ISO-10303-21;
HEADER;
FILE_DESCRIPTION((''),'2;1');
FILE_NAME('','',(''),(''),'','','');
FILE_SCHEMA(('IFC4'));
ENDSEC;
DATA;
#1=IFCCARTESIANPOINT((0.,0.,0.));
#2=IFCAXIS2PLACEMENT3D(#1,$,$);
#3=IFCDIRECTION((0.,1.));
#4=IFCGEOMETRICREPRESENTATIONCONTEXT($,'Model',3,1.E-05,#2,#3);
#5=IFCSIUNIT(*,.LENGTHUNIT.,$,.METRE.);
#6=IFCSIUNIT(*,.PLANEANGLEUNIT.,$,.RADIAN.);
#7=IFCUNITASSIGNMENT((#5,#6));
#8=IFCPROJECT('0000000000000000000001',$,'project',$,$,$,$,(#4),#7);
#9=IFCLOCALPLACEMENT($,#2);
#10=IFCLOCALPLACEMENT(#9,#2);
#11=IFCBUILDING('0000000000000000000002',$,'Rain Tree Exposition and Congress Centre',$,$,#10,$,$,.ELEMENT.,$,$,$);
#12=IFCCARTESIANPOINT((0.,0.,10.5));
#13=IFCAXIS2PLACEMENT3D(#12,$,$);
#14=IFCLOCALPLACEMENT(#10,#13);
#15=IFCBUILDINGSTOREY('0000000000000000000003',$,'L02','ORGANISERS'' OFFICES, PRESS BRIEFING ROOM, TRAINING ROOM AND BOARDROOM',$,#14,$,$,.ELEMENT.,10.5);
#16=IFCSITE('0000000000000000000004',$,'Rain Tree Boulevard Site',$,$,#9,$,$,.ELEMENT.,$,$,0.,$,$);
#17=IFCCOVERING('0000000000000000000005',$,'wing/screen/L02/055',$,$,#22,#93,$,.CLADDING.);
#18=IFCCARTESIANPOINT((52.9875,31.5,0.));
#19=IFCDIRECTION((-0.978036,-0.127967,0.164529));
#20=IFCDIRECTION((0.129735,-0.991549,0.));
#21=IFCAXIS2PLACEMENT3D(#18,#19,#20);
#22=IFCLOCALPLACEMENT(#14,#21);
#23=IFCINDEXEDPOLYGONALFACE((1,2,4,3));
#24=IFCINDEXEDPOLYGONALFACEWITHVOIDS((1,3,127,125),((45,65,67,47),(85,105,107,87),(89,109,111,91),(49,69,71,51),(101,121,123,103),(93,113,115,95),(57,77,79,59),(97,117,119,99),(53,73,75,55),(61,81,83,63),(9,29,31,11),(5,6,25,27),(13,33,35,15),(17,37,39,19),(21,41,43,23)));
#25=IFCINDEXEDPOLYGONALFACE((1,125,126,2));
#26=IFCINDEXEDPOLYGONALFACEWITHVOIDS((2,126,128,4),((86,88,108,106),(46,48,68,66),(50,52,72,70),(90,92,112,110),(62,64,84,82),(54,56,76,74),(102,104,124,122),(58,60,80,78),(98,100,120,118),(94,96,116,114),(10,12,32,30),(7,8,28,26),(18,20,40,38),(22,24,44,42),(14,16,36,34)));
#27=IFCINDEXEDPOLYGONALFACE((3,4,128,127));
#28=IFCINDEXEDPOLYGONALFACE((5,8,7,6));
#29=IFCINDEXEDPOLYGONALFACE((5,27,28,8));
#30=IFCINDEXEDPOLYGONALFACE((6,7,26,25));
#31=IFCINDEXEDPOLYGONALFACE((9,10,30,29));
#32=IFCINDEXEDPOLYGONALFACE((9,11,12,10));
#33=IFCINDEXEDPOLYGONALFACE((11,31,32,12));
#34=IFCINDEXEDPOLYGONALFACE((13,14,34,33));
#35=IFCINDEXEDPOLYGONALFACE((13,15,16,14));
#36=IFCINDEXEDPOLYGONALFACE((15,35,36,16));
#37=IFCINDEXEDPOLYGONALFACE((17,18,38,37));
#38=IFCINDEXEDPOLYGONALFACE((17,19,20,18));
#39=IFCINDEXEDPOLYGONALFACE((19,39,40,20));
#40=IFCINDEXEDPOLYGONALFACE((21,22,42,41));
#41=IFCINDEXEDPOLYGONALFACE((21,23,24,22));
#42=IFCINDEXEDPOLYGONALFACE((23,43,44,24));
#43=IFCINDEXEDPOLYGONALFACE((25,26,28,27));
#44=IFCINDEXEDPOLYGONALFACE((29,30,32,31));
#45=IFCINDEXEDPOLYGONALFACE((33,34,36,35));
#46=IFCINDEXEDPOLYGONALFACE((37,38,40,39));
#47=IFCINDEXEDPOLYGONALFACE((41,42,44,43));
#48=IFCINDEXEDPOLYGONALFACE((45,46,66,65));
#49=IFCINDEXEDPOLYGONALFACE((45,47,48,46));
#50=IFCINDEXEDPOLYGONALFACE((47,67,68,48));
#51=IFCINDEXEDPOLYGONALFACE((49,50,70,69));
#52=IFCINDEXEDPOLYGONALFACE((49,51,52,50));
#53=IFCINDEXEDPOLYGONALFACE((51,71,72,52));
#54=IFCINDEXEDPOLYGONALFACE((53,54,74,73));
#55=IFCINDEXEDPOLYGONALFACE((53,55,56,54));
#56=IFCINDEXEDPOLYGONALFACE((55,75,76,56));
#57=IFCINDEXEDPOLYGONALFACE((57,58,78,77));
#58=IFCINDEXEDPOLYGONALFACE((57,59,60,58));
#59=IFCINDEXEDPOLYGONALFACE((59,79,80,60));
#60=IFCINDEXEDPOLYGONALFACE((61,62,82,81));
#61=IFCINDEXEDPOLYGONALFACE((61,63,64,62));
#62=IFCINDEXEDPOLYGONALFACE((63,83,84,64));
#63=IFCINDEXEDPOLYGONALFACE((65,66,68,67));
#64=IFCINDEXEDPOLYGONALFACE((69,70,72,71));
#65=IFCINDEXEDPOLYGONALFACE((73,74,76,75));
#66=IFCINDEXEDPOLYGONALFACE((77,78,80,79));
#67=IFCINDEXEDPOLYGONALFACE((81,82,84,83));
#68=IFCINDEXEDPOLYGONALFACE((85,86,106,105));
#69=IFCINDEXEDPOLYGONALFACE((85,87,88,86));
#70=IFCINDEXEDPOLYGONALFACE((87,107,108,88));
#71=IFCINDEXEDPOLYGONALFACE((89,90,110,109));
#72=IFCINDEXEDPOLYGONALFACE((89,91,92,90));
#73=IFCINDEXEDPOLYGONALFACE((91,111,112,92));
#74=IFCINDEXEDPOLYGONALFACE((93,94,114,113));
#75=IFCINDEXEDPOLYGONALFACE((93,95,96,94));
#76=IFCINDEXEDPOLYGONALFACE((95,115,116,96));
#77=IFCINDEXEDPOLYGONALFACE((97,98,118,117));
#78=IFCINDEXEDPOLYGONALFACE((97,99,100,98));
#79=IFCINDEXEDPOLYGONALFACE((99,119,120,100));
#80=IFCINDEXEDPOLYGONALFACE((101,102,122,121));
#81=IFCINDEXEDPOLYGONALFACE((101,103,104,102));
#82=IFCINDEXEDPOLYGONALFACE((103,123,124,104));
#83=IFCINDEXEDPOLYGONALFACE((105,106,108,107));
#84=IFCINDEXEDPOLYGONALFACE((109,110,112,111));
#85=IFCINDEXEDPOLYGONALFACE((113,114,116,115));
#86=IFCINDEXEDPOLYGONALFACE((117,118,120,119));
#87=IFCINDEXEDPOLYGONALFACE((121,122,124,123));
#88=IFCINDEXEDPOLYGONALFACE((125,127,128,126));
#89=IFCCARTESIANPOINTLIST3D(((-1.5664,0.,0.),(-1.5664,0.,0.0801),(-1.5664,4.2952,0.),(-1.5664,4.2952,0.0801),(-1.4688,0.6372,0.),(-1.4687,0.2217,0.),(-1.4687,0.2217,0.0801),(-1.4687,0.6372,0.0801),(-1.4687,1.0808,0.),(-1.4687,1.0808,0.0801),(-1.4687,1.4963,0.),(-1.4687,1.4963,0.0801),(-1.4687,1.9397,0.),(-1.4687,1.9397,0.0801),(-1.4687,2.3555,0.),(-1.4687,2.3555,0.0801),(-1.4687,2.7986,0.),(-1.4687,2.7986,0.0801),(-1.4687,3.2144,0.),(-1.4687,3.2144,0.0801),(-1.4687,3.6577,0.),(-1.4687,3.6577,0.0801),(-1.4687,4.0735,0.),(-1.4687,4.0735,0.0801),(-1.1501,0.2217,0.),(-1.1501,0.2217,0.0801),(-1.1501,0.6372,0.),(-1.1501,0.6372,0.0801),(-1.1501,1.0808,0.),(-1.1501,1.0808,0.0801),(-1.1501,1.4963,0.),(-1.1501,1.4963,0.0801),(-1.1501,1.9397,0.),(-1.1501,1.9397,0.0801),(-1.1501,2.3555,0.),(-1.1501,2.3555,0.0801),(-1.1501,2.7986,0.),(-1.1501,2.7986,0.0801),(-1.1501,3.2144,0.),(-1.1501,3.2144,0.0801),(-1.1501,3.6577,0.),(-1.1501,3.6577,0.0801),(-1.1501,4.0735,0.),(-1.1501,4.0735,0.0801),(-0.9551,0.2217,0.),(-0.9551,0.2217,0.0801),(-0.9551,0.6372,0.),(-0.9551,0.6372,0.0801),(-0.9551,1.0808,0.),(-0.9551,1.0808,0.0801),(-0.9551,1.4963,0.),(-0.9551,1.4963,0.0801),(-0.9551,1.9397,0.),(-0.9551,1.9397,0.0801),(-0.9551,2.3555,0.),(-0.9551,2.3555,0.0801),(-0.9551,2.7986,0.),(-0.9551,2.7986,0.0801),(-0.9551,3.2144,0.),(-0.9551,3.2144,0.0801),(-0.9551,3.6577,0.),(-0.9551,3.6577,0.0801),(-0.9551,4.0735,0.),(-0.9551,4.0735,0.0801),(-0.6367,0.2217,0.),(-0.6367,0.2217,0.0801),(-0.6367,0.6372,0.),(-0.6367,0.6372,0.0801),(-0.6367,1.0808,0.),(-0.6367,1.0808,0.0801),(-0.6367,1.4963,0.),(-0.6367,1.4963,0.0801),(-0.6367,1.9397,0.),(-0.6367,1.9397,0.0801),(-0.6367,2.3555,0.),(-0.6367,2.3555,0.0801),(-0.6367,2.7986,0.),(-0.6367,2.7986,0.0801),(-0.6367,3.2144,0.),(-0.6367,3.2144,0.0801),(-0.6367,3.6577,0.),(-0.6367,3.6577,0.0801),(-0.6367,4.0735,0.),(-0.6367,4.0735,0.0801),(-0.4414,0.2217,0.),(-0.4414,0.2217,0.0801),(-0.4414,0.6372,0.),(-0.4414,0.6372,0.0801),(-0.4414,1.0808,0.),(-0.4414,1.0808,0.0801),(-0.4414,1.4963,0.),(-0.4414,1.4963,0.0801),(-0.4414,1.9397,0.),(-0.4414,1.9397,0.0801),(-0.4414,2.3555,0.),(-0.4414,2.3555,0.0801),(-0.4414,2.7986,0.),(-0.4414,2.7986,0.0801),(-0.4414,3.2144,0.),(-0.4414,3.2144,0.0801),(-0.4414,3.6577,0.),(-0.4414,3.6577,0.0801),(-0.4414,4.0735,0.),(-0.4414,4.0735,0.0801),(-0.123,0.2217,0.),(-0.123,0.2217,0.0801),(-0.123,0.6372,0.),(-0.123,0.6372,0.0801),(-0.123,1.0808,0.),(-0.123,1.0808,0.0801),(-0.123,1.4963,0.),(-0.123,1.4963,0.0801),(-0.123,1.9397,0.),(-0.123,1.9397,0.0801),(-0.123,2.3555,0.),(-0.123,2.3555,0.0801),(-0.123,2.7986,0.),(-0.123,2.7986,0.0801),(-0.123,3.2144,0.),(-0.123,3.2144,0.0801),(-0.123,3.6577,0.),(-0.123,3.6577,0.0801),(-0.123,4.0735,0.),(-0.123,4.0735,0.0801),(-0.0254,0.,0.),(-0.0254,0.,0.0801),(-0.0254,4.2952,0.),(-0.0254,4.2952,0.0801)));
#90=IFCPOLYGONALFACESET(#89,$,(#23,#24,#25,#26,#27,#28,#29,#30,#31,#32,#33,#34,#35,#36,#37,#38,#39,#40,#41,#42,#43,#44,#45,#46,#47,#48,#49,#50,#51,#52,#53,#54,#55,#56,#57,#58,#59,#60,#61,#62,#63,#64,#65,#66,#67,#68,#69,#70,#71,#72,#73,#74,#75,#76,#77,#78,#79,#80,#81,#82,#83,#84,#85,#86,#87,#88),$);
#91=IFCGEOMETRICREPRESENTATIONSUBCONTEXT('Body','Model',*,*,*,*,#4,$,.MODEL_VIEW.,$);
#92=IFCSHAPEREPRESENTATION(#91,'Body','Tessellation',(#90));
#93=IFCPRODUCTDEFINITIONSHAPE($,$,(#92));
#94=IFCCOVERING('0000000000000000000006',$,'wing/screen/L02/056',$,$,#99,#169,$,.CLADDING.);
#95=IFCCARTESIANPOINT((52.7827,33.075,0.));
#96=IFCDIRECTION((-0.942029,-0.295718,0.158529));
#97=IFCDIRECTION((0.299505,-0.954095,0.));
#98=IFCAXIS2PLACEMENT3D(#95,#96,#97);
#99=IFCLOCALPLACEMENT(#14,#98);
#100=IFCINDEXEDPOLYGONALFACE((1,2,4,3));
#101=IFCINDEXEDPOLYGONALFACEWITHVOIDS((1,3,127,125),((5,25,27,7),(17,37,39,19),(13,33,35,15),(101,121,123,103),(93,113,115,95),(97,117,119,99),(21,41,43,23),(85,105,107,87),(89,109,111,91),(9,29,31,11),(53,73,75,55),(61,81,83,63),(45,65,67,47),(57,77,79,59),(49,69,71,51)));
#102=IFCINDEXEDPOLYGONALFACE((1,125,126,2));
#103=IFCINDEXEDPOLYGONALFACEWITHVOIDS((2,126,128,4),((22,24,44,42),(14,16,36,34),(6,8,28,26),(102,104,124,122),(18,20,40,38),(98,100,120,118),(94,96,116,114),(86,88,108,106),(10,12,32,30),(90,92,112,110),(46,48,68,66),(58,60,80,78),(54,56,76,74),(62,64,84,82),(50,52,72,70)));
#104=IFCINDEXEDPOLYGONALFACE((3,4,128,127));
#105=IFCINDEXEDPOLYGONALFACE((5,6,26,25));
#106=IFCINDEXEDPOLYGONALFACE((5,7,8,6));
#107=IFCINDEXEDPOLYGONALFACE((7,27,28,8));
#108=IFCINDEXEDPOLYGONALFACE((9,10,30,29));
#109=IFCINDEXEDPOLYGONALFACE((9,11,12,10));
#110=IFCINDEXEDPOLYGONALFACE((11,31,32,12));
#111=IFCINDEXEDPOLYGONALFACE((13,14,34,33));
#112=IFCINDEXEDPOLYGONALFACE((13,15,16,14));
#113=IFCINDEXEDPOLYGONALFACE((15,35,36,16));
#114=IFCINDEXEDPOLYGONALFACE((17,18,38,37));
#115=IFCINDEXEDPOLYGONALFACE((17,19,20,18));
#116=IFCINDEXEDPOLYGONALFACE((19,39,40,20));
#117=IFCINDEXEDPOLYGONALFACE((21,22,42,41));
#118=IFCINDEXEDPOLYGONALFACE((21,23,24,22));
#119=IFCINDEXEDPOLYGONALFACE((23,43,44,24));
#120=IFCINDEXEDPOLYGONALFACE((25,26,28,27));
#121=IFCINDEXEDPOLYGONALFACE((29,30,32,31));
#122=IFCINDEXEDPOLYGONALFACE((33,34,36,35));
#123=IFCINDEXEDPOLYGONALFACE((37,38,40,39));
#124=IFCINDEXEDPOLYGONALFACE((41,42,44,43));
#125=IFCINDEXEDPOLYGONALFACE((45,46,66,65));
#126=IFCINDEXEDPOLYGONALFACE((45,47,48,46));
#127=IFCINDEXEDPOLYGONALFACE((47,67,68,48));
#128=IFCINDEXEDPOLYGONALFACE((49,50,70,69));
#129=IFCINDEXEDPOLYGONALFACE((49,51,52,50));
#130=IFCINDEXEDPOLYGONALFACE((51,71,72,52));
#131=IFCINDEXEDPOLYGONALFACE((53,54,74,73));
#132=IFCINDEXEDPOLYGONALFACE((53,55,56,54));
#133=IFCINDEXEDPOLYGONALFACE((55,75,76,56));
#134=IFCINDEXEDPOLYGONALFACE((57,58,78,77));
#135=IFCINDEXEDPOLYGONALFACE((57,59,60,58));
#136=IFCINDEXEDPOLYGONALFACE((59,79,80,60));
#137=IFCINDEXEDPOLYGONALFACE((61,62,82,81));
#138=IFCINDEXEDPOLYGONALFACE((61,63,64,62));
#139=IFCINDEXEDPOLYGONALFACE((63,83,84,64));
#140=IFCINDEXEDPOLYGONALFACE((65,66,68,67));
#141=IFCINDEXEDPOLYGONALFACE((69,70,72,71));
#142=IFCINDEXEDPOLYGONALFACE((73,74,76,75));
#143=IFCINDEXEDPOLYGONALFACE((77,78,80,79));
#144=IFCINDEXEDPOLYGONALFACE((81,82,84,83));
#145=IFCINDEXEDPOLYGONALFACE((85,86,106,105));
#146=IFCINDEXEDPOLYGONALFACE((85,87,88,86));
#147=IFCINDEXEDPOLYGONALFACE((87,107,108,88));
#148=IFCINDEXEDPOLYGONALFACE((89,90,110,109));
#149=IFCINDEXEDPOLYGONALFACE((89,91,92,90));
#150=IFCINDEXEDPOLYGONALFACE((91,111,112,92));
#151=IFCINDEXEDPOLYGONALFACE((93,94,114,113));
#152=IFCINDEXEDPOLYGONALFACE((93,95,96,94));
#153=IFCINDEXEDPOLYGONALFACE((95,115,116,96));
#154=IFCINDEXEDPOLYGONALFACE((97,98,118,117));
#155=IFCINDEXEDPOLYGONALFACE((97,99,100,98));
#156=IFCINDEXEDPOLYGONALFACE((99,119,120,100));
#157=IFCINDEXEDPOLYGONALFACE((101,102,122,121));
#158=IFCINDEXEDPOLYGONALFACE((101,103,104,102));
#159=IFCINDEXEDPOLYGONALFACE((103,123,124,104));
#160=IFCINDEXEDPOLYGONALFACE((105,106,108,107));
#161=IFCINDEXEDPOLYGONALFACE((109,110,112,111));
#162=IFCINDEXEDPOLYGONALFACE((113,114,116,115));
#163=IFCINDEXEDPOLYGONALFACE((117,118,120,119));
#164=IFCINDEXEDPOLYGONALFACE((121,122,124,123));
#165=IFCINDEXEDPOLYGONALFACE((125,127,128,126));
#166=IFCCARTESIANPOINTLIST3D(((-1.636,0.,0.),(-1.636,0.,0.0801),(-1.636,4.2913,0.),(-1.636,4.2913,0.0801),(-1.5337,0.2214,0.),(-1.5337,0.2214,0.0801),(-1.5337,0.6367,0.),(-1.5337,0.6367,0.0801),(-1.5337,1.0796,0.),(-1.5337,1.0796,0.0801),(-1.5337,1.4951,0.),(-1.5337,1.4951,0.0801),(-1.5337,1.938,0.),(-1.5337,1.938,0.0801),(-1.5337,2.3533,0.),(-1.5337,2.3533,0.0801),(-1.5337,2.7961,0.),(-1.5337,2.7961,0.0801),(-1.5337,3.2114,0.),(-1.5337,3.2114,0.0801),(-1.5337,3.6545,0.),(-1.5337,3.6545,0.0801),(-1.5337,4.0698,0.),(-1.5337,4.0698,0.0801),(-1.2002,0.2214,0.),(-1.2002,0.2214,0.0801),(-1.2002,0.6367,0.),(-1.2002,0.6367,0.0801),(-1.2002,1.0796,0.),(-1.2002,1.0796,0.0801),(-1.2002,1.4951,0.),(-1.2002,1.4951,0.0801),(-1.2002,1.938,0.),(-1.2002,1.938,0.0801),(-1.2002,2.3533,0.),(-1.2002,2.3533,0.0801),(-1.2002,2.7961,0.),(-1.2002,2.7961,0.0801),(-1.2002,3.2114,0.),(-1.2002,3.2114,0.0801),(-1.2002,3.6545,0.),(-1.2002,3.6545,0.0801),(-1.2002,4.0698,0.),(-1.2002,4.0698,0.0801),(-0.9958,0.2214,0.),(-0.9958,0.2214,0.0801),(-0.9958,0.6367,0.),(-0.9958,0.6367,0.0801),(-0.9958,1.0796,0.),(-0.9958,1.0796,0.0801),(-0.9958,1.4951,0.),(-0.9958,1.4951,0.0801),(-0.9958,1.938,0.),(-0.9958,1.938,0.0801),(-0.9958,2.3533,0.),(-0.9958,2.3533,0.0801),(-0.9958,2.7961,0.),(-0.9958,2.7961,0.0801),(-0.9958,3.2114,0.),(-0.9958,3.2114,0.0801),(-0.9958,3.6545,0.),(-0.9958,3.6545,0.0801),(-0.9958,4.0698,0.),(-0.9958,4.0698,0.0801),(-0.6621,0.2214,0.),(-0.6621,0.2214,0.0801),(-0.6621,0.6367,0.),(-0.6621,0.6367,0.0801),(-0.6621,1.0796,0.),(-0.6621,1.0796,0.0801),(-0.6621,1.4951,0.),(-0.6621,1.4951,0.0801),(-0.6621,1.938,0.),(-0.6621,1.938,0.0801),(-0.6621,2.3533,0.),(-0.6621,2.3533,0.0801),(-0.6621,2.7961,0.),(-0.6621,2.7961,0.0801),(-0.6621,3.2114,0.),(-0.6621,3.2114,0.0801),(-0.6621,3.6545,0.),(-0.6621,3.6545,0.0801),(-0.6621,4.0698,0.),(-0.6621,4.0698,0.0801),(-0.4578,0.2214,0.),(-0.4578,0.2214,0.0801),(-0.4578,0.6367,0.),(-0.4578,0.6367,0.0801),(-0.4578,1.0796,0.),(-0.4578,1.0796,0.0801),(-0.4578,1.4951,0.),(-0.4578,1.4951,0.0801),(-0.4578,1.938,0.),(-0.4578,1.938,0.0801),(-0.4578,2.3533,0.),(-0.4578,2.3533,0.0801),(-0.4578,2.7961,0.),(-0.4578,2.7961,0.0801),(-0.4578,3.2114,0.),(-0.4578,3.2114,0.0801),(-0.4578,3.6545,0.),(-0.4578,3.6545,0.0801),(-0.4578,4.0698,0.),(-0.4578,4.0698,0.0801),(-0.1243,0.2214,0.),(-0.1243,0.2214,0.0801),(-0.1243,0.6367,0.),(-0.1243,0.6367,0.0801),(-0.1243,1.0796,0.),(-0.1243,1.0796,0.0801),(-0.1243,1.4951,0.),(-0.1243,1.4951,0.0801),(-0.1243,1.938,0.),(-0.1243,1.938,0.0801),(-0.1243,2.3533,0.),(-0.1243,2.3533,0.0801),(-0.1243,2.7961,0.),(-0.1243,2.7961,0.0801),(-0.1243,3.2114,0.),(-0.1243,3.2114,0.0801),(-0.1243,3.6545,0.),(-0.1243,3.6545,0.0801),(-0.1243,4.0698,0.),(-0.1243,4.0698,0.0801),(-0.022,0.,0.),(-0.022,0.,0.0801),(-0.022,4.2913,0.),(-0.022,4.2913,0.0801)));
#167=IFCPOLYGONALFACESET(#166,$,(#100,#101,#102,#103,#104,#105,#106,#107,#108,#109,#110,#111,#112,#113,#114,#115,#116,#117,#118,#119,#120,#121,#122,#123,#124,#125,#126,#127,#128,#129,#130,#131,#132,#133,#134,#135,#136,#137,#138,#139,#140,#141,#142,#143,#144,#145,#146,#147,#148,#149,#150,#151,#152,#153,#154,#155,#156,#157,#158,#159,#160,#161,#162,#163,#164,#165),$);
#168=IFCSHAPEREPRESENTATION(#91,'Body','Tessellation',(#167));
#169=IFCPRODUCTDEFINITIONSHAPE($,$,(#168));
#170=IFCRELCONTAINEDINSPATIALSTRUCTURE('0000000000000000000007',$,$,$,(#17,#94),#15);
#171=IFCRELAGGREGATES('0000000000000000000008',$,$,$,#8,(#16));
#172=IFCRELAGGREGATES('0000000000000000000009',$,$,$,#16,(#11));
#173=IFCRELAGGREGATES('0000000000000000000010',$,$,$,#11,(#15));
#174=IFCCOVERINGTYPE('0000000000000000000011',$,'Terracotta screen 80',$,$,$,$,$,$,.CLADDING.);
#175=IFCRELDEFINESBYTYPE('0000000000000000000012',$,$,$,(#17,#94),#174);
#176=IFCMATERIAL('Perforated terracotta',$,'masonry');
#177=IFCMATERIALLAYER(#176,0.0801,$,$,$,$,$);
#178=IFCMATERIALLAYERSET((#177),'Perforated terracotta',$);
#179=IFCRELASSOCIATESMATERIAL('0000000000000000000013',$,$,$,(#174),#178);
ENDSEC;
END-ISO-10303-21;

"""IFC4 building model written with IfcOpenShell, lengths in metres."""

from ifc_helpers import new_model, si_unit, direction, frame, origin, place, context, subcontext, project, spatial, polyline, outline, extrude, material, layer, layer_set, type_object, element, save


model = new_model("IFC4")

# Units and contexts
model_context = context("Model", 3, precision=1e-05, world=origin(), true_north=direction((0.0, 1.0)))
body_context = subcontext(model_context, "Body", "Model", "MODEL_VIEW")
ifc_project = project(units=[si_unit("LENGTHUNIT", "METRE"), si_unit("PLANEANGLEUNIT", "RADIAN")], contexts=[model_context])

# Site, building, storey
site_placement = place(None, origin())
site = spatial("IfcSite", under=ifc_project, at=site_placement, Name="Rain Tree Boulevard Site", CompositionType="ELEMENT", RefElevation=0.0)
building_placement = place(site_placement, origin())
building = spatial("IfcBuilding", under=site, at=building_placement, Name="Rain Tree Exposition and Congress Centre", CompositionType="ELEMENT")
storey_placement = place(building_placement, frame((0.0, 0.0, 10.5)))
storey = spatial("IfcBuildingStorey", under=building, at=storey_placement, Name="L02", Description="ORGANISERS' OFFICES, PRESS BRIEFING ROOM, TRAINING ROOM AND BOARDROOM", CompositionType="ELEMENT", Elevation=10.5)

# Coverings
ifc_material_1 = material(Name="Perforated terracotta", Category="masonry")
ifc_layer_1 = layer(ifc_material_1, 0.0801)
ifc_layer_set_1 = layer_set([ifc_layer_1], Name="Perforated terracotta")
covering_type = type_object("IfcCoveringType", Name="Terracotta screen 80", PredefinedType="CLADDING", material=ifc_layer_set_1)
covering_1_placement = place(storey_placement, frame((52.9875, 31.5, 0.0), z_axis=(-0.978036, -0.127967, 0.164529), x_axis=(0.129735, -0.991549, 0.0)))
element("IfcCovering", 1, at=covering_1_placement, inside=storey, type_object=covering_type, Name="wing/screen/L02/055", PredefinedType="CLADDING", context=body_context, shape_type="SweptSolid", body=[
    extrude(outline(polyline([(-1.5664, 0.0), (-1.5664, 4.2952), (-0.0254, 4.2952), (-0.0254, 0.0), (-1.5664, 0.0)]), holes=[polyline([(-0.123, 0.2217), (-0.123, 0.6372), (-0.4414, 0.6372), (-0.4414, 0.2217), (-0.123, 0.2217)]), polyline([(-0.123, 1.0808), (-0.123, 1.4963), (-0.4414, 1.4963), (-0.4414, 1.0808), (-0.123, 1.0808)]), polyline([(-0.123, 1.9397), (-0.123, 2.3555), (-0.4414, 2.3555), (-0.4414, 1.9397), (-0.123, 1.9397)]), polyline([(-0.123, 2.7986), (-0.123, 3.2144), (-0.4414, 3.2144), (-0.4414, 2.7986), (-0.123, 2.7986)]), polyline([(-0.123, 3.6577), (-0.123, 4.0735), (-0.4414, 4.0735), (-0.4414, 3.6577), (-0.123, 3.6577)]), polyline([(-0.6367, 0.2217), (-0.6367, 0.6372), (-0.9551, 0.6372), (-0.9551, 0.2217), (-0.6367, 0.2217)]), polyline([(-0.6367, 1.0808), (-0.6367, 1.4963), (-0.9551, 1.4963), (-0.9551, 1.0808), (-0.6367, 1.0808)]), polyline([(-0.6367, 1.9397), (-0.6367, 2.3555), (-0.9551, 2.3555), (-0.9551, 1.9397), (-0.6367, 1.9397)]), polyline([(-0.6367, 2.7986), (-0.6367, 3.2144), (-0.9551, 3.2144), (-0.9551, 2.7986), (-0.6367, 2.7986)]), polyline([(-0.6367, 3.6577), (-0.6367, 4.0735), (-0.9551, 4.0735), (-0.9551, 3.6577), (-0.6367, 3.6577)]), polyline([(-1.1501, 0.2217), (-1.1501, 0.6372), (-1.4688, 0.6372), (-1.4688, 0.2217), (-1.1501, 0.2217)]), polyline([(-1.1501, 1.0808), (-1.1501, 1.4963), (-1.4688, 1.4963), (-1.4688, 1.0808), (-1.1501, 1.0808)]), polyline([(-1.1501, 1.9397), (-1.1501, 2.3555), (-1.4688, 2.3555), (-1.4688, 1.9397), (-1.1501, 1.9397)]), polyline([(-1.1501, 2.7986), (-1.1501, 3.2144), (-1.4688, 3.2144), (-1.4688, 2.7986), (-1.1501, 2.7986)]), polyline([(-1.1501, 3.6577), (-1.1501, 4.0735), (-1.4688, 4.0735), (-1.4688, 3.6577), (-1.1501, 3.6577)])]), origin(), (0.0, 0.0, 1.0), 0.0801),
])
covering_2_placement = place(storey_placement, frame((52.7827, 33.075, 0.0), z_axis=(-0.942029, -0.295718, 0.158529), x_axis=(0.299505, -0.954095, 0.0)))
element("IfcCovering", 2, at=covering_2_placement, inside=storey, type_object=covering_type, Name="wing/screen/L02/056", PredefinedType="CLADDING", context=body_context, shape_type="SweptSolid", body=[
    extrude(outline(polyline([(-1.636, 0.0), (-1.636, 4.2913), (-0.022, 4.2913), (-0.022, 0.0), (-1.636, 0.0)]), holes=[polyline([(-0.1243, 0.2214), (-0.1243, 0.6367), (-0.4578, 0.6367), (-0.4578, 0.2214), (-0.1243, 0.2214)]), polyline([(-0.1243, 1.0796), (-0.1243, 1.4951), (-0.4578, 1.4951), (-0.4578, 1.0796), (-0.1243, 1.0796)]), polyline([(-0.1243, 1.938), (-0.1243, 2.3533), (-0.4578, 2.3533), (-0.4578, 1.938), (-0.1243, 1.938)]), polyline([(-0.1243, 2.7961), (-0.1243, 3.2114), (-0.4578, 3.2114), (-0.4578, 2.7961), (-0.1243, 2.7961)]), polyline([(-0.1243, 3.6545), (-0.1243, 4.0698), (-0.4578, 4.0698), (-0.4578, 3.6545), (-0.1243, 3.6545)]), polyline([(-0.6621, 0.2214), (-0.6621, 0.6367), (-0.9958, 0.6367), (-0.9958, 0.2214), (-0.6621, 0.2214)]), polyline([(-0.6621, 1.0796), (-0.6621, 1.4951), (-0.9958, 1.4951), (-0.9958, 1.0796), (-0.6621, 1.0796)]), polyline([(-0.6621, 1.938), (-0.6621, 2.3533), (-0.9958, 2.3533), (-0.9958, 1.938), (-0.6621, 1.938)]), polyline([(-0.6621, 2.7961), (-0.6621, 3.2114), (-0.9958, 3.2114), (-0.9958, 2.7961), (-0.6621, 2.7961)]), polyline([(-0.6621, 3.6545), (-0.6621, 4.0698), (-0.9958, 4.0698), (-0.9958, 3.6545), (-0.6621, 3.6545)]), polyline([(-1.2002, 0.2214), (-1.2002, 0.6367), (-1.5337, 0.6367), (-1.5337, 0.2214), (-1.2002, 0.2214)]), polyline([(-1.2002, 1.0796), (-1.2002, 1.4951), (-1.5337, 1.4951), (-1.5337, 1.0796), (-1.2002, 1.0796)]), polyline([(-1.2002, 1.938), (-1.2002, 2.3533), (-1.5337, 2.3533), (-1.5337, 1.938), (-1.2002, 1.938)]), polyline([(-1.2002, 2.7961), (-1.2002, 3.2114), (-1.5337, 3.2114), (-1.5337, 2.7961), (-1.2002, 2.7961)]), polyline([(-1.2002, 3.6545), (-1.2002, 4.0698), (-1.5337, 4.0698), (-1.5337, 3.6545), (-1.2002, 3.6545)])]), origin(), (0.0, 0.0, 1.0), 0.0801),
])

save(model, "model.ifc")
